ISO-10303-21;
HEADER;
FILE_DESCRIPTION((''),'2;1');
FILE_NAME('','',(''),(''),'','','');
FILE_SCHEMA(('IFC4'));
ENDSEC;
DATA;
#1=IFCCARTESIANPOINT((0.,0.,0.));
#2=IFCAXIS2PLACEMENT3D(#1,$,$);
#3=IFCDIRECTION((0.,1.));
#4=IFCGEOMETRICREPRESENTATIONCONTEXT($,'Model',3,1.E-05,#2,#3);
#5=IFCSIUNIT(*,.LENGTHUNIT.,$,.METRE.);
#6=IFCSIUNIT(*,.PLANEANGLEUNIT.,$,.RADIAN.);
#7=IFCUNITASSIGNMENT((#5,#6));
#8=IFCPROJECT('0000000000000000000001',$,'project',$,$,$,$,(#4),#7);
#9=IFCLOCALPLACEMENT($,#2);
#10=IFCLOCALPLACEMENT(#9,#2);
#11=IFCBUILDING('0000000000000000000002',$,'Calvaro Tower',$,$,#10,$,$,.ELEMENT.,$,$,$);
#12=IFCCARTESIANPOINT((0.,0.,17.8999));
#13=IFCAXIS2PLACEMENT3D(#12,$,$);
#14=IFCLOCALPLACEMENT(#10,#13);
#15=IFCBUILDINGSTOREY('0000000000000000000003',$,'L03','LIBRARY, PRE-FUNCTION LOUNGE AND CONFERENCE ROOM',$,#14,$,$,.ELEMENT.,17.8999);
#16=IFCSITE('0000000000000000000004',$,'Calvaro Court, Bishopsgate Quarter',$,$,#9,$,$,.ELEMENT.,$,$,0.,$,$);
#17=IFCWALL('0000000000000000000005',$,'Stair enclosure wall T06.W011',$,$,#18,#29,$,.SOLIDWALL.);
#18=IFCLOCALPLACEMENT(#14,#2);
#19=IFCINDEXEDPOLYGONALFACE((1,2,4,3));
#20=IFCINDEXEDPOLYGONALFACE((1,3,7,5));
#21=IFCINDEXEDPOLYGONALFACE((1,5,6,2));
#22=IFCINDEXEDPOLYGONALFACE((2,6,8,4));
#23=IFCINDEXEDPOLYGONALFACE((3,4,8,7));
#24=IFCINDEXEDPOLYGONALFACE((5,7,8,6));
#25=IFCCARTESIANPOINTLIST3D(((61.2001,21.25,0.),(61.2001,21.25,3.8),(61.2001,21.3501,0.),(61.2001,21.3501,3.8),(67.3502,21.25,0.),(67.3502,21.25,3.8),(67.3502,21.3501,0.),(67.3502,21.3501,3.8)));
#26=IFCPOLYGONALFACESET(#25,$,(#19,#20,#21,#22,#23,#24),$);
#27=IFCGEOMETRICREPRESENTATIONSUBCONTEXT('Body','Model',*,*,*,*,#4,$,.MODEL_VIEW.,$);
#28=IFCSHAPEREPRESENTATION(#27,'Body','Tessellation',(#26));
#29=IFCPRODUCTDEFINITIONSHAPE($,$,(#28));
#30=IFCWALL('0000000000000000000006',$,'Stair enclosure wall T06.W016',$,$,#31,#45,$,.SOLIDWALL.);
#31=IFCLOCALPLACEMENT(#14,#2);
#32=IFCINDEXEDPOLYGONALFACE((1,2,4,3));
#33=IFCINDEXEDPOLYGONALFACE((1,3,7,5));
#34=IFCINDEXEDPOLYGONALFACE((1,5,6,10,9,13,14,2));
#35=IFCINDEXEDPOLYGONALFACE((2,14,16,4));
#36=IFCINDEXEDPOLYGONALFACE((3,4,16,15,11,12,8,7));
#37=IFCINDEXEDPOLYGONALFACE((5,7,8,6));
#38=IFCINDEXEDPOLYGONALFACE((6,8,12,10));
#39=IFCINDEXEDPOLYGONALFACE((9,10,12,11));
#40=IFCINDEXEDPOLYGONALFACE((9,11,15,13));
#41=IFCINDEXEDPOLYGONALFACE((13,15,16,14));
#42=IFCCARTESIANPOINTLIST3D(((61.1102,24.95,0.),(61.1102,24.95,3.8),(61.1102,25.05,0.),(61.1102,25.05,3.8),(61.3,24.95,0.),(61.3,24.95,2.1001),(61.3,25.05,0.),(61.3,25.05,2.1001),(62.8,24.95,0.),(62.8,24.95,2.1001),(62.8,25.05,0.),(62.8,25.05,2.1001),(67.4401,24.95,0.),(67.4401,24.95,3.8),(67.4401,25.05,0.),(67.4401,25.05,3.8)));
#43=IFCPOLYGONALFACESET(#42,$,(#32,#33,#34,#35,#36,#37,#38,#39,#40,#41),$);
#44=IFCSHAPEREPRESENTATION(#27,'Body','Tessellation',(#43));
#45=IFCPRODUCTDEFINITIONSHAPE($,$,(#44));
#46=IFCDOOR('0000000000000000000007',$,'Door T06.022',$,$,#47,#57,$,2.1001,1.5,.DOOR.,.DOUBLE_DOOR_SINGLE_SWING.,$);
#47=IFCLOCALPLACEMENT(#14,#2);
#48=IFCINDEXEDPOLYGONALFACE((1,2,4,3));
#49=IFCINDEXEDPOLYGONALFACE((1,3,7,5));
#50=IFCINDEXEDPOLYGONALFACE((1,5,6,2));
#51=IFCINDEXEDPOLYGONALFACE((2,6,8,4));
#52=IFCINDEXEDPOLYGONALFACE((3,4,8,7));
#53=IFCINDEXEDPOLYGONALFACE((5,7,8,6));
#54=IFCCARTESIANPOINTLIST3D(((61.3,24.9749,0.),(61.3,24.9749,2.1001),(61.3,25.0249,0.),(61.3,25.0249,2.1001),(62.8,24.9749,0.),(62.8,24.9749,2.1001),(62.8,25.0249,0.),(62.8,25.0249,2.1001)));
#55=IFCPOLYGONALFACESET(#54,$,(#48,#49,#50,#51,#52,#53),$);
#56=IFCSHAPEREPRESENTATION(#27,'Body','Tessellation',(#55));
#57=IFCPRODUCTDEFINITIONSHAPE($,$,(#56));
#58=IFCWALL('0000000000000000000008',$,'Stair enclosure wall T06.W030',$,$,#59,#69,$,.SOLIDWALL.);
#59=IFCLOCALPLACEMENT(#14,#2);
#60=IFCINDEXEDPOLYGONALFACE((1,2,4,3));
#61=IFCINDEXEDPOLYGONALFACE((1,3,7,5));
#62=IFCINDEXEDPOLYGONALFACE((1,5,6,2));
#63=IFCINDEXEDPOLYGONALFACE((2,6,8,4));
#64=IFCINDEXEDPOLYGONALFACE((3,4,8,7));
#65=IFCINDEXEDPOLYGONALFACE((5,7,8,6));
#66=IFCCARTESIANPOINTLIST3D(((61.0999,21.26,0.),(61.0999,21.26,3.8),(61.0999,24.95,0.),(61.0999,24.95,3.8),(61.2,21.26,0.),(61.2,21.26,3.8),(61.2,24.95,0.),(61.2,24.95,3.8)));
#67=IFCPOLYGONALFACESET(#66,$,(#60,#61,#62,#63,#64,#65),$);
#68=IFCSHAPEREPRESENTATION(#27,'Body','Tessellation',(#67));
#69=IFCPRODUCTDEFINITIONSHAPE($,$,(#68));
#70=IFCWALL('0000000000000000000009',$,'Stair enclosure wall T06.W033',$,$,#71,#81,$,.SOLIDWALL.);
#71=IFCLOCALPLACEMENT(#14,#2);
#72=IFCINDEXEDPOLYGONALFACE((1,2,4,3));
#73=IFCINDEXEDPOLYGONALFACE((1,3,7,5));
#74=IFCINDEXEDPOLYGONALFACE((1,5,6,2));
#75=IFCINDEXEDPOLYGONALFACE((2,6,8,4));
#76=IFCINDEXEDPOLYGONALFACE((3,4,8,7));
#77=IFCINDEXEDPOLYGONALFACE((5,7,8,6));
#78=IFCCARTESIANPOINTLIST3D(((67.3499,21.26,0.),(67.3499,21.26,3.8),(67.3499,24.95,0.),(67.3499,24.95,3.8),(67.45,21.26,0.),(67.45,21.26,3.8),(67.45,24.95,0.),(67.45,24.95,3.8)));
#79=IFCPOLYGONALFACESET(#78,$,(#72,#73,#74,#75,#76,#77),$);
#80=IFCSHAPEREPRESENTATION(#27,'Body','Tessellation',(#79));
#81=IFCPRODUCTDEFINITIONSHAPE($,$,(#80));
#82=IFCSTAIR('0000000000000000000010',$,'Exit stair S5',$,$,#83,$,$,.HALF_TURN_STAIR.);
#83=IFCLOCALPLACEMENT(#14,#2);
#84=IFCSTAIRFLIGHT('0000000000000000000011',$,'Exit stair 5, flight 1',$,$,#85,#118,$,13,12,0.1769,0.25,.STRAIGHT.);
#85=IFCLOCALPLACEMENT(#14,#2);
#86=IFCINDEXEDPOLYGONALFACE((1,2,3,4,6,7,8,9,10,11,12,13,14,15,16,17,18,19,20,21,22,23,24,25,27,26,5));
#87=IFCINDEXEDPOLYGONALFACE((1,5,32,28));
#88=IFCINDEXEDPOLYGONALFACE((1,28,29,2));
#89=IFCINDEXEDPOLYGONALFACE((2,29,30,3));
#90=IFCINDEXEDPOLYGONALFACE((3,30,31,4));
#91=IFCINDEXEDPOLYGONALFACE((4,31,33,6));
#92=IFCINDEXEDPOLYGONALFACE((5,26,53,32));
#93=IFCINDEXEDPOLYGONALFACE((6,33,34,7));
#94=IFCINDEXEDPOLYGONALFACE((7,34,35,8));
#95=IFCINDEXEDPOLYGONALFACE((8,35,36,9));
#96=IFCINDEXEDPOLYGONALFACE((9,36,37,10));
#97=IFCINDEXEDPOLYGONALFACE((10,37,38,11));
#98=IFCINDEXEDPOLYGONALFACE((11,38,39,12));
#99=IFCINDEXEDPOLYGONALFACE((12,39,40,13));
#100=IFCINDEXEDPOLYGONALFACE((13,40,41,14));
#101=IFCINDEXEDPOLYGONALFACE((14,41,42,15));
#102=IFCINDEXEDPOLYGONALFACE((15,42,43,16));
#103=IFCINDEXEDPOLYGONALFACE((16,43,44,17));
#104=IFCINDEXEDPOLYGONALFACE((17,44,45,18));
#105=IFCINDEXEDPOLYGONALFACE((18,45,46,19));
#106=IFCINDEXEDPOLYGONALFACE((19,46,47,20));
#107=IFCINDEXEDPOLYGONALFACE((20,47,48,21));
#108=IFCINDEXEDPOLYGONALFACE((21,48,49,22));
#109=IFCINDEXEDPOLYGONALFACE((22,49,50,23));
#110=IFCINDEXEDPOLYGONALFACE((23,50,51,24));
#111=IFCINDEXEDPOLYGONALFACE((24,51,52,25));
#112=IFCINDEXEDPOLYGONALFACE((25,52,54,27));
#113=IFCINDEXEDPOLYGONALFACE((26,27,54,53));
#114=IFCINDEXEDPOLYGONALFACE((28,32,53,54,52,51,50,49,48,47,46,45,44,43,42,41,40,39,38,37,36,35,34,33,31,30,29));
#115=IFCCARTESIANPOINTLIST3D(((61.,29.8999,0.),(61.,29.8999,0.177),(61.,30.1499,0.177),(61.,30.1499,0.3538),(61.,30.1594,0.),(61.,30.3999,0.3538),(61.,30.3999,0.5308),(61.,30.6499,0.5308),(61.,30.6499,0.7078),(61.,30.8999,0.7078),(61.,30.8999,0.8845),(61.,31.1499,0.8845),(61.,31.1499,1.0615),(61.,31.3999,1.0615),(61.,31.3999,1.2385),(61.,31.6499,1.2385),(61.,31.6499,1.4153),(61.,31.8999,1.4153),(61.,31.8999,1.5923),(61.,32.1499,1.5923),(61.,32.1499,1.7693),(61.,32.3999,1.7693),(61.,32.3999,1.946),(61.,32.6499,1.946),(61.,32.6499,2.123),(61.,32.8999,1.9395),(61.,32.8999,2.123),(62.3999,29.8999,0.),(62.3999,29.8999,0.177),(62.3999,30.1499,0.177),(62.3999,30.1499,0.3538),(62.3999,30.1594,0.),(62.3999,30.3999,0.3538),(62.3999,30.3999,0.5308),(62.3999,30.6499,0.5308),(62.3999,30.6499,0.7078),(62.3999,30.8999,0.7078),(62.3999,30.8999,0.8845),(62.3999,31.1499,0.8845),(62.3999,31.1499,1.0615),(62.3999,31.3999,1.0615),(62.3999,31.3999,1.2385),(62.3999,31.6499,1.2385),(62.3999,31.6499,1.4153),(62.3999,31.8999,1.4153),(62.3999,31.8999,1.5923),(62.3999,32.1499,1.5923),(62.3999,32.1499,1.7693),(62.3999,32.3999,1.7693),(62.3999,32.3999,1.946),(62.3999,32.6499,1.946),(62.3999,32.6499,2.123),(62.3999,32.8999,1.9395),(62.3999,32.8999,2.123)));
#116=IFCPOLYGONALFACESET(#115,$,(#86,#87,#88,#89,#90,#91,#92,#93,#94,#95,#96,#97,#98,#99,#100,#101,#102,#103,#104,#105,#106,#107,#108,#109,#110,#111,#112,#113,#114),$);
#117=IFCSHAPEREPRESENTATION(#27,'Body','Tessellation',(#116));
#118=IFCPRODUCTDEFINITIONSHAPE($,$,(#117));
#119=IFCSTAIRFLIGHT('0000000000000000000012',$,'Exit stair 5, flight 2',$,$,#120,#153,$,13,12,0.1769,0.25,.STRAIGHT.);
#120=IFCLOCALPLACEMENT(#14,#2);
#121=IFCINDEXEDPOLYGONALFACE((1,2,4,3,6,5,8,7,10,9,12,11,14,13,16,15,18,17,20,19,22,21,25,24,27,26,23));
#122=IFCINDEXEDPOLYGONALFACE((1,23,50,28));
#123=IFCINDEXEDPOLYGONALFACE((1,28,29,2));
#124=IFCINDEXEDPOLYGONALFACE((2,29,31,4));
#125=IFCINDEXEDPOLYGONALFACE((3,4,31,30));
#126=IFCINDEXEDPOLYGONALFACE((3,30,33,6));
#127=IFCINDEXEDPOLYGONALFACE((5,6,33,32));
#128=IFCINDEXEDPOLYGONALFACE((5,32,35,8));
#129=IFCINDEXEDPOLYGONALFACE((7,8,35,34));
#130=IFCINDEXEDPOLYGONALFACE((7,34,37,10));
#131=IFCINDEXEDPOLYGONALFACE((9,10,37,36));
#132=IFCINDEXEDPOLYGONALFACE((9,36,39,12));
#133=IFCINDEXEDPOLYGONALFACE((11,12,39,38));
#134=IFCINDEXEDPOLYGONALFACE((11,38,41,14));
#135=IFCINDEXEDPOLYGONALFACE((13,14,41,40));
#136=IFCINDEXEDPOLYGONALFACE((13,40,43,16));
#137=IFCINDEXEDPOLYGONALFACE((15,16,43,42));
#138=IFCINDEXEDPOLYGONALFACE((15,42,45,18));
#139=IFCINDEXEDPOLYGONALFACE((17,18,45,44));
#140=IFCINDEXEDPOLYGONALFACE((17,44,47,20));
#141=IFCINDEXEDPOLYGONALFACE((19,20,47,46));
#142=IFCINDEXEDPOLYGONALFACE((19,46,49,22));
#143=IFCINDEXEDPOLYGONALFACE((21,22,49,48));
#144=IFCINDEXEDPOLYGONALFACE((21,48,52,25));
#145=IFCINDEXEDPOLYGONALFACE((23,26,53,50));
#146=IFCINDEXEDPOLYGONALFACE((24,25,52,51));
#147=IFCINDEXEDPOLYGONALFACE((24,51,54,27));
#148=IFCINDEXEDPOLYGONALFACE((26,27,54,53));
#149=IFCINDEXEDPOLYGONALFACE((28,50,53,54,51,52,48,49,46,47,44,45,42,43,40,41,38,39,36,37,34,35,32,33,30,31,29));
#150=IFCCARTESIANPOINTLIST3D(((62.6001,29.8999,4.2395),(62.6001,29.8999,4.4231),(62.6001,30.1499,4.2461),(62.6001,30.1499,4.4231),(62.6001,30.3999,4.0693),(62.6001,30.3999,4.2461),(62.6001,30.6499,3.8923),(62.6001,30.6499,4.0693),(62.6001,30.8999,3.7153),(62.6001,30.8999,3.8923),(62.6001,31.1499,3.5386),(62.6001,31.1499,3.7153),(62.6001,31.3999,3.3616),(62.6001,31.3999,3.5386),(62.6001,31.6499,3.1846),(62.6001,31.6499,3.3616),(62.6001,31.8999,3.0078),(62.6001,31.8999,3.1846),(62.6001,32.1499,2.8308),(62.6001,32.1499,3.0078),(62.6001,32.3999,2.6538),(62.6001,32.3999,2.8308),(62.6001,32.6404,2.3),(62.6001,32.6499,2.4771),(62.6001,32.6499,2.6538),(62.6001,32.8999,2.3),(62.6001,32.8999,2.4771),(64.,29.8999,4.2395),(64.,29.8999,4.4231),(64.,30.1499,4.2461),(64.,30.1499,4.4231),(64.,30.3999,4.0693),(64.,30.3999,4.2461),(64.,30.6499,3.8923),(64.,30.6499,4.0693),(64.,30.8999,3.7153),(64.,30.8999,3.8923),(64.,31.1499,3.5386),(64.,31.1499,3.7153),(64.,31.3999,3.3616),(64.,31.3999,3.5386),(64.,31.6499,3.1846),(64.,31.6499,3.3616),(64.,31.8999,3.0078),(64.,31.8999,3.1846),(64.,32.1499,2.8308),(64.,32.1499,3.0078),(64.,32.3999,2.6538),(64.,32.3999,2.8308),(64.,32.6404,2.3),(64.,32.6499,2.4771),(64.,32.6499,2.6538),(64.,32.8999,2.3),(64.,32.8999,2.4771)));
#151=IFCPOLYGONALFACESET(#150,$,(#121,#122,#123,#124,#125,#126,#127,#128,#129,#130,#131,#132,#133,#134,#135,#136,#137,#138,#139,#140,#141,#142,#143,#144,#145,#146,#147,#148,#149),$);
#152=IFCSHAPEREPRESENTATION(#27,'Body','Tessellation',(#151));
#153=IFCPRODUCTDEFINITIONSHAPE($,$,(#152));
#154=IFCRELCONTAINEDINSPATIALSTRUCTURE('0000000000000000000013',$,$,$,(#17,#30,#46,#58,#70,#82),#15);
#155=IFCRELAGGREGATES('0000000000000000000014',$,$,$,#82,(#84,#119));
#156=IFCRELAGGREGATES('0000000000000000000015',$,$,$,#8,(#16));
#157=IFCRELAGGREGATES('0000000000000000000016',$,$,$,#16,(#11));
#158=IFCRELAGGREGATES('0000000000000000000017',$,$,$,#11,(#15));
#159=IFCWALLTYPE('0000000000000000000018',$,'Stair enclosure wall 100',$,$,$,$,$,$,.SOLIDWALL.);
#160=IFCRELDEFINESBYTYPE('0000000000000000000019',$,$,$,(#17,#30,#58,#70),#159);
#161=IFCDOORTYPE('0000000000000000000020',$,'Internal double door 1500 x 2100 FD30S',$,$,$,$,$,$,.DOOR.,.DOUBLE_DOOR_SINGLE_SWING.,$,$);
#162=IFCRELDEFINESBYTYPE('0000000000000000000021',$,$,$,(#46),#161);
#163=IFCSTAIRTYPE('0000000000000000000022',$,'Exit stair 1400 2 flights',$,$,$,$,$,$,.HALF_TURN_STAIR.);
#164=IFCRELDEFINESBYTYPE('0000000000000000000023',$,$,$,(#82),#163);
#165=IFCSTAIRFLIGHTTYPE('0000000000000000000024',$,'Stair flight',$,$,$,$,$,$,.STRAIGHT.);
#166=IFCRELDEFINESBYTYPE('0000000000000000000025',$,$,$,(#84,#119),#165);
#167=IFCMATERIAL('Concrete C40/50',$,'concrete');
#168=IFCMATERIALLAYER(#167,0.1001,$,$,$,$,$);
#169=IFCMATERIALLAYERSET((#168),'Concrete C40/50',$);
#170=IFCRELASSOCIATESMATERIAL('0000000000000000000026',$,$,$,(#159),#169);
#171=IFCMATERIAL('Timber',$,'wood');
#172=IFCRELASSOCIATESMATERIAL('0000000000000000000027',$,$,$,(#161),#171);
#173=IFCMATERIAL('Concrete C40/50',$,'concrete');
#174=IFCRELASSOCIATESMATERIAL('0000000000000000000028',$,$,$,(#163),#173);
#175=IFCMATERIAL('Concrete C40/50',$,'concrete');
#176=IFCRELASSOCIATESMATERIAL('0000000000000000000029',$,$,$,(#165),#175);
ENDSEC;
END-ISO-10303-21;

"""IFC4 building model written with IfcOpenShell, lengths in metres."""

from ifc_helpers import new_model, si_unit, direction, frame, frame_2d, origin, place, context, subcontext, project, spatial, polyline, rectangle, outline, extrude, material, layer, layer_set, type_object, element, fill, aggregate, save


model = new_model("IFC4")

# Units and contexts
model_context = context("Model", 3, precision=1e-05, world=origin(), true_north=direction((0.0, 1.0)))
body_context = subcontext(model_context, "Body", "Model", "MODEL_VIEW")
ifc_project = project(units=[si_unit("LENGTHUNIT", "METRE"), si_unit("PLANEANGLEUNIT", "RADIAN")], contexts=[model_context])

# Site, building, storey
site_placement = place(None, origin())
site = spatial("IfcSite", under=ifc_project, at=site_placement, Name="Calvaro Court, Bishopsgate Quarter", CompositionType="ELEMENT", RefElevation=0.0)
building_placement = place(site_placement, origin())
building = spatial("IfcBuilding", under=site, at=building_placement, Name="Calvaro Tower", CompositionType="ELEMENT")
storey_placement = place(building_placement, frame((0.0, 0.0, 17.8999)))
storey = spatial("IfcBuildingStorey", under=building, at=storey_placement, Name="L03", Description="LIBRARY, PRE-FUNCTION LOUNGE AND CONFERENCE ROOM", CompositionType="ELEMENT", Elevation=17.8999)

# Wall
ifc_material_1 = material(Name="Concrete C40/50", Category="concrete")
ifc_layer_1 = layer(ifc_material_1, 0.1001)
ifc_layer_set_1 = layer_set([ifc_layer_1], Name="Concrete C40/50")
wall_type_1 = type_object("IfcWallType", Name="Stair enclosure wall 100", PredefinedType="SOLIDWALL", material=ifc_layer_set_1)
wall_1_placement = place(storey_placement, frame((61.2, 21.3, 0.0), z_axis=(0.0, 0.0, 1.0), x_axis=(1.0, 0.0, 0.0)))
element("IfcWall", 1, at=wall_1_placement, inside=storey, type_object=wall_type_1, Name="Stair enclosure wall T06.W011", PredefinedType="SOLIDWALL", context=body_context, shape_type="SweptSolid", body=[
    extrude(rectangle(XDim=6.1501, YDim=0.1001, at=frame_2d((3.0752, 0.0))), origin(), (0.0, 0.0, 1.0), 3.8),
])

# Wall, opening, door
wall_2_placement = place(storey_placement, frame((61.1101, 25.0, 0.0), z_axis=(0.0, 0.0, 1.0), x_axis=(1.0, 0.0, 0.0)))
wall_2 = element("IfcWall", 2, at=wall_2_placement, inside=storey, type_object=wall_type_1, Name="Stair enclosure wall T06.W016", PredefinedType="SOLIDWALL", context=body_context, shape_type="SweptSolid", body=[
    extrude(rectangle(XDim=6.3298, YDim=0.1001, at=frame_2d((3.165, 0.0))), origin(), (0.0, 0.0, 1.0), 3.8),
])
opening_1_placement = place(wall_2_placement, frame((0.1899, 0.0, 0.0)))
opening_1 = element("IfcOpeningElement", 3, at=opening_1_placement, cuts=wall_2, PredefinedType="OPENING", context=body_context, shape_type="SweptSolid", body=[
    extrude(rectangle(XDim=1.5, YDim=2.1001, at=frame_2d((0.75, 1.05))), frame((0.0, 0.0601, 0.0), z_axis=(0.0, -1.0, 0.0), x_axis=(1.0, 0.0, 0.0)), (0.0, 0.0, 1.0), 0.1201),
])
ifc_material_2 = material(Name="Timber", Category="wood")
door_type_1 = type_object("IfcDoorType", Name="Internal double door 1500 x 2100 FD30S", OperationType="DOUBLE_DOOR_SINGLE_SWING", PredefinedType="DOOR", material=ifc_material_2)
door_1_placement = place(opening_1_placement, origin())
door_1 = element("IfcDoor", 4, at=door_1_placement, inside=storey, type_object=door_type_1, Name="Door T06.022", OperationType="DOUBLE_DOOR_SINGLE_SWING", OverallHeight=2.1001, OverallWidth=1.5, PredefinedType="DOOR", context=body_context, shape_type="SweptSolid", body=[
    extrude(rectangle(XDim=1.5, YDim=2.1001, at=frame_2d((0.75, 1.05))), frame((0.0, 0.0249, 0.0), z_axis=(0.0, -1.0, 0.0), x_axis=(1.0, 0.0, 0.0)), (0.0, 0.0, 1.0), 0.05),
])
fill(opening_1, door_1)

# Walls
for number, where, z_axis, x_axis, name in (
    (5, (61.1499, 21.26, 0.0), (0.0, 0.0, 1.0), (0.0, 1.0, 0.0), "Stair enclosure wall T06.W030"),
    (6, (67.3999, 21.26, 0.0), (0.0, 0.0, 1.0), (0.0, 1.0, 0.0), "Stair enclosure wall T06.W033"),
):
    element("IfcWall", number, at=place(storey_placement, frame(where, z_axis=z_axis, x_axis=x_axis)), inside=storey, type_object=wall_type_1, Name=name, PredefinedType="SOLIDWALL", context=body_context, shape_type="SweptSolid", body=[
        extrude(rectangle(XDim=3.6899, YDim=0.1001, at=frame_2d((1.845, 0.0))), origin(), (0.0, 0.0, 1.0), 3.8),
    ])

# Stair, stair flights
ifc_material_3 = material(Name="Concrete C40/50", Category="concrete")
stair_type = type_object("IfcStairType", Name="Exit stair 1400 2 flights", PredefinedType="HALF_TURN_STAIR", material=ifc_material_3)
stair_placement = place(storey_placement, origin())
stair = element("IfcStair", 7, at=stair_placement, inside=storey, type_object=stair_type, Name="Exit stair S5", PredefinedType="HALF_TURN_STAIR")
ifc_material_4 = material(Name="Concrete C40/50", Category="concrete")
stair_flight_type = type_object("IfcStairFlightType", Name="Stair flight", PredefinedType="STRAIGHT", material=ifc_material_4)
stair_flight_1_placement = place(storey_placement, frame((61.7, 29.8999, 0.0), z_axis=(0.0, 0.0, 1.0), x_axis=(0.0, 1.0, 0.0)))
stair_flight_1 = element("IfcStairFlight", 8, at=stair_flight_1_placement, type_object=stair_flight_type, Name="Exit stair 5, flight 1", NumberOfRisers=13, NumberOfTreads=12, PredefinedType="STRAIGHT", RiserHeight=0.1769, TreadLength=0.25, context=body_context, shape_type="SweptSolid", body=[
    extrude(outline(polyline([(0.0, 0.0), (0.0, 0.177), (0.25, 0.177), (0.25, 0.3538), (0.5, 0.3538), (0.5, 0.5308), (0.75, 0.5308), (0.75, 0.7078), (1.0, 0.7078), (1.0, 0.8845), (1.25, 0.8845), (1.25, 1.0615), (1.5, 1.0615), (1.5, 1.2385), (1.75, 1.2385), (1.75, 1.4153), (2.0, 1.4153), (2.0, 1.5923), (2.25, 1.5923), (2.25, 1.7693), (2.5, 1.7693), (2.5, 1.946), (2.75, 1.946), (2.75, 2.123), (3.0, 2.123), (3.0, 2.3), (3.0, 1.9395), (0.2595, 0.0), (0.0, 0.0)])), frame((0.0, 0.7, 0.0), z_axis=(0.0, -1.0, 0.0), x_axis=(1.0, 0.0, 0.0)), (0.0, 0.0, 1.0), 1.3999),
])
stair_flight_2_placement = place(storey_placement, frame((63.3, 32.8999, 2.3), z_axis=(0.0, 0.0, 1.0), x_axis=(0.0, -1.0, 0.0)))
stair_flight_2 = element("IfcStairFlight", 9, at=stair_flight_2_placement, type_object=stair_flight_type, Name="Exit stair 5, flight 2", NumberOfRisers=13, NumberOfTreads=12, PredefinedType="STRAIGHT", RiserHeight=0.1769, TreadLength=0.25, context=body_context, shape_type="SweptSolid", body=[
    extrude(outline(polyline([(0.0, 0.0), (0.0, 0.177), (0.25, 0.177), (0.25, 0.3538), (0.5, 0.3538), (0.5, 0.5308), (0.75, 0.5308), (0.75, 0.7078), (1.0, 0.7078), (1.0, 0.8845), (1.25, 0.8845), (1.25, 1.0615), (1.5, 1.0615), (1.5, 1.2385), (1.75, 1.2385), (1.75, 1.4153), (2.0, 1.4153), (2.0, 1.5923), (2.25, 1.5923), (2.25, 1.7693), (2.5, 1.7693), (2.5, 1.946), (2.75, 1.946), (2.75, 2.123), (3.0, 2.123), (3.0, 2.3), (3.0, 1.9395), (0.2595, 0.0), (0.0, 0.0)])), frame((0.0, 0.7, 0.0), z_axis=(0.0, -1.0, 0.0), x_axis=(1.0, 0.0, 0.0)), (0.0, 0.0, 1.0), 1.3999),
])
aggregate(stair, [stair_flight_1, stair_flight_2])

save(model, "model.ifc")
